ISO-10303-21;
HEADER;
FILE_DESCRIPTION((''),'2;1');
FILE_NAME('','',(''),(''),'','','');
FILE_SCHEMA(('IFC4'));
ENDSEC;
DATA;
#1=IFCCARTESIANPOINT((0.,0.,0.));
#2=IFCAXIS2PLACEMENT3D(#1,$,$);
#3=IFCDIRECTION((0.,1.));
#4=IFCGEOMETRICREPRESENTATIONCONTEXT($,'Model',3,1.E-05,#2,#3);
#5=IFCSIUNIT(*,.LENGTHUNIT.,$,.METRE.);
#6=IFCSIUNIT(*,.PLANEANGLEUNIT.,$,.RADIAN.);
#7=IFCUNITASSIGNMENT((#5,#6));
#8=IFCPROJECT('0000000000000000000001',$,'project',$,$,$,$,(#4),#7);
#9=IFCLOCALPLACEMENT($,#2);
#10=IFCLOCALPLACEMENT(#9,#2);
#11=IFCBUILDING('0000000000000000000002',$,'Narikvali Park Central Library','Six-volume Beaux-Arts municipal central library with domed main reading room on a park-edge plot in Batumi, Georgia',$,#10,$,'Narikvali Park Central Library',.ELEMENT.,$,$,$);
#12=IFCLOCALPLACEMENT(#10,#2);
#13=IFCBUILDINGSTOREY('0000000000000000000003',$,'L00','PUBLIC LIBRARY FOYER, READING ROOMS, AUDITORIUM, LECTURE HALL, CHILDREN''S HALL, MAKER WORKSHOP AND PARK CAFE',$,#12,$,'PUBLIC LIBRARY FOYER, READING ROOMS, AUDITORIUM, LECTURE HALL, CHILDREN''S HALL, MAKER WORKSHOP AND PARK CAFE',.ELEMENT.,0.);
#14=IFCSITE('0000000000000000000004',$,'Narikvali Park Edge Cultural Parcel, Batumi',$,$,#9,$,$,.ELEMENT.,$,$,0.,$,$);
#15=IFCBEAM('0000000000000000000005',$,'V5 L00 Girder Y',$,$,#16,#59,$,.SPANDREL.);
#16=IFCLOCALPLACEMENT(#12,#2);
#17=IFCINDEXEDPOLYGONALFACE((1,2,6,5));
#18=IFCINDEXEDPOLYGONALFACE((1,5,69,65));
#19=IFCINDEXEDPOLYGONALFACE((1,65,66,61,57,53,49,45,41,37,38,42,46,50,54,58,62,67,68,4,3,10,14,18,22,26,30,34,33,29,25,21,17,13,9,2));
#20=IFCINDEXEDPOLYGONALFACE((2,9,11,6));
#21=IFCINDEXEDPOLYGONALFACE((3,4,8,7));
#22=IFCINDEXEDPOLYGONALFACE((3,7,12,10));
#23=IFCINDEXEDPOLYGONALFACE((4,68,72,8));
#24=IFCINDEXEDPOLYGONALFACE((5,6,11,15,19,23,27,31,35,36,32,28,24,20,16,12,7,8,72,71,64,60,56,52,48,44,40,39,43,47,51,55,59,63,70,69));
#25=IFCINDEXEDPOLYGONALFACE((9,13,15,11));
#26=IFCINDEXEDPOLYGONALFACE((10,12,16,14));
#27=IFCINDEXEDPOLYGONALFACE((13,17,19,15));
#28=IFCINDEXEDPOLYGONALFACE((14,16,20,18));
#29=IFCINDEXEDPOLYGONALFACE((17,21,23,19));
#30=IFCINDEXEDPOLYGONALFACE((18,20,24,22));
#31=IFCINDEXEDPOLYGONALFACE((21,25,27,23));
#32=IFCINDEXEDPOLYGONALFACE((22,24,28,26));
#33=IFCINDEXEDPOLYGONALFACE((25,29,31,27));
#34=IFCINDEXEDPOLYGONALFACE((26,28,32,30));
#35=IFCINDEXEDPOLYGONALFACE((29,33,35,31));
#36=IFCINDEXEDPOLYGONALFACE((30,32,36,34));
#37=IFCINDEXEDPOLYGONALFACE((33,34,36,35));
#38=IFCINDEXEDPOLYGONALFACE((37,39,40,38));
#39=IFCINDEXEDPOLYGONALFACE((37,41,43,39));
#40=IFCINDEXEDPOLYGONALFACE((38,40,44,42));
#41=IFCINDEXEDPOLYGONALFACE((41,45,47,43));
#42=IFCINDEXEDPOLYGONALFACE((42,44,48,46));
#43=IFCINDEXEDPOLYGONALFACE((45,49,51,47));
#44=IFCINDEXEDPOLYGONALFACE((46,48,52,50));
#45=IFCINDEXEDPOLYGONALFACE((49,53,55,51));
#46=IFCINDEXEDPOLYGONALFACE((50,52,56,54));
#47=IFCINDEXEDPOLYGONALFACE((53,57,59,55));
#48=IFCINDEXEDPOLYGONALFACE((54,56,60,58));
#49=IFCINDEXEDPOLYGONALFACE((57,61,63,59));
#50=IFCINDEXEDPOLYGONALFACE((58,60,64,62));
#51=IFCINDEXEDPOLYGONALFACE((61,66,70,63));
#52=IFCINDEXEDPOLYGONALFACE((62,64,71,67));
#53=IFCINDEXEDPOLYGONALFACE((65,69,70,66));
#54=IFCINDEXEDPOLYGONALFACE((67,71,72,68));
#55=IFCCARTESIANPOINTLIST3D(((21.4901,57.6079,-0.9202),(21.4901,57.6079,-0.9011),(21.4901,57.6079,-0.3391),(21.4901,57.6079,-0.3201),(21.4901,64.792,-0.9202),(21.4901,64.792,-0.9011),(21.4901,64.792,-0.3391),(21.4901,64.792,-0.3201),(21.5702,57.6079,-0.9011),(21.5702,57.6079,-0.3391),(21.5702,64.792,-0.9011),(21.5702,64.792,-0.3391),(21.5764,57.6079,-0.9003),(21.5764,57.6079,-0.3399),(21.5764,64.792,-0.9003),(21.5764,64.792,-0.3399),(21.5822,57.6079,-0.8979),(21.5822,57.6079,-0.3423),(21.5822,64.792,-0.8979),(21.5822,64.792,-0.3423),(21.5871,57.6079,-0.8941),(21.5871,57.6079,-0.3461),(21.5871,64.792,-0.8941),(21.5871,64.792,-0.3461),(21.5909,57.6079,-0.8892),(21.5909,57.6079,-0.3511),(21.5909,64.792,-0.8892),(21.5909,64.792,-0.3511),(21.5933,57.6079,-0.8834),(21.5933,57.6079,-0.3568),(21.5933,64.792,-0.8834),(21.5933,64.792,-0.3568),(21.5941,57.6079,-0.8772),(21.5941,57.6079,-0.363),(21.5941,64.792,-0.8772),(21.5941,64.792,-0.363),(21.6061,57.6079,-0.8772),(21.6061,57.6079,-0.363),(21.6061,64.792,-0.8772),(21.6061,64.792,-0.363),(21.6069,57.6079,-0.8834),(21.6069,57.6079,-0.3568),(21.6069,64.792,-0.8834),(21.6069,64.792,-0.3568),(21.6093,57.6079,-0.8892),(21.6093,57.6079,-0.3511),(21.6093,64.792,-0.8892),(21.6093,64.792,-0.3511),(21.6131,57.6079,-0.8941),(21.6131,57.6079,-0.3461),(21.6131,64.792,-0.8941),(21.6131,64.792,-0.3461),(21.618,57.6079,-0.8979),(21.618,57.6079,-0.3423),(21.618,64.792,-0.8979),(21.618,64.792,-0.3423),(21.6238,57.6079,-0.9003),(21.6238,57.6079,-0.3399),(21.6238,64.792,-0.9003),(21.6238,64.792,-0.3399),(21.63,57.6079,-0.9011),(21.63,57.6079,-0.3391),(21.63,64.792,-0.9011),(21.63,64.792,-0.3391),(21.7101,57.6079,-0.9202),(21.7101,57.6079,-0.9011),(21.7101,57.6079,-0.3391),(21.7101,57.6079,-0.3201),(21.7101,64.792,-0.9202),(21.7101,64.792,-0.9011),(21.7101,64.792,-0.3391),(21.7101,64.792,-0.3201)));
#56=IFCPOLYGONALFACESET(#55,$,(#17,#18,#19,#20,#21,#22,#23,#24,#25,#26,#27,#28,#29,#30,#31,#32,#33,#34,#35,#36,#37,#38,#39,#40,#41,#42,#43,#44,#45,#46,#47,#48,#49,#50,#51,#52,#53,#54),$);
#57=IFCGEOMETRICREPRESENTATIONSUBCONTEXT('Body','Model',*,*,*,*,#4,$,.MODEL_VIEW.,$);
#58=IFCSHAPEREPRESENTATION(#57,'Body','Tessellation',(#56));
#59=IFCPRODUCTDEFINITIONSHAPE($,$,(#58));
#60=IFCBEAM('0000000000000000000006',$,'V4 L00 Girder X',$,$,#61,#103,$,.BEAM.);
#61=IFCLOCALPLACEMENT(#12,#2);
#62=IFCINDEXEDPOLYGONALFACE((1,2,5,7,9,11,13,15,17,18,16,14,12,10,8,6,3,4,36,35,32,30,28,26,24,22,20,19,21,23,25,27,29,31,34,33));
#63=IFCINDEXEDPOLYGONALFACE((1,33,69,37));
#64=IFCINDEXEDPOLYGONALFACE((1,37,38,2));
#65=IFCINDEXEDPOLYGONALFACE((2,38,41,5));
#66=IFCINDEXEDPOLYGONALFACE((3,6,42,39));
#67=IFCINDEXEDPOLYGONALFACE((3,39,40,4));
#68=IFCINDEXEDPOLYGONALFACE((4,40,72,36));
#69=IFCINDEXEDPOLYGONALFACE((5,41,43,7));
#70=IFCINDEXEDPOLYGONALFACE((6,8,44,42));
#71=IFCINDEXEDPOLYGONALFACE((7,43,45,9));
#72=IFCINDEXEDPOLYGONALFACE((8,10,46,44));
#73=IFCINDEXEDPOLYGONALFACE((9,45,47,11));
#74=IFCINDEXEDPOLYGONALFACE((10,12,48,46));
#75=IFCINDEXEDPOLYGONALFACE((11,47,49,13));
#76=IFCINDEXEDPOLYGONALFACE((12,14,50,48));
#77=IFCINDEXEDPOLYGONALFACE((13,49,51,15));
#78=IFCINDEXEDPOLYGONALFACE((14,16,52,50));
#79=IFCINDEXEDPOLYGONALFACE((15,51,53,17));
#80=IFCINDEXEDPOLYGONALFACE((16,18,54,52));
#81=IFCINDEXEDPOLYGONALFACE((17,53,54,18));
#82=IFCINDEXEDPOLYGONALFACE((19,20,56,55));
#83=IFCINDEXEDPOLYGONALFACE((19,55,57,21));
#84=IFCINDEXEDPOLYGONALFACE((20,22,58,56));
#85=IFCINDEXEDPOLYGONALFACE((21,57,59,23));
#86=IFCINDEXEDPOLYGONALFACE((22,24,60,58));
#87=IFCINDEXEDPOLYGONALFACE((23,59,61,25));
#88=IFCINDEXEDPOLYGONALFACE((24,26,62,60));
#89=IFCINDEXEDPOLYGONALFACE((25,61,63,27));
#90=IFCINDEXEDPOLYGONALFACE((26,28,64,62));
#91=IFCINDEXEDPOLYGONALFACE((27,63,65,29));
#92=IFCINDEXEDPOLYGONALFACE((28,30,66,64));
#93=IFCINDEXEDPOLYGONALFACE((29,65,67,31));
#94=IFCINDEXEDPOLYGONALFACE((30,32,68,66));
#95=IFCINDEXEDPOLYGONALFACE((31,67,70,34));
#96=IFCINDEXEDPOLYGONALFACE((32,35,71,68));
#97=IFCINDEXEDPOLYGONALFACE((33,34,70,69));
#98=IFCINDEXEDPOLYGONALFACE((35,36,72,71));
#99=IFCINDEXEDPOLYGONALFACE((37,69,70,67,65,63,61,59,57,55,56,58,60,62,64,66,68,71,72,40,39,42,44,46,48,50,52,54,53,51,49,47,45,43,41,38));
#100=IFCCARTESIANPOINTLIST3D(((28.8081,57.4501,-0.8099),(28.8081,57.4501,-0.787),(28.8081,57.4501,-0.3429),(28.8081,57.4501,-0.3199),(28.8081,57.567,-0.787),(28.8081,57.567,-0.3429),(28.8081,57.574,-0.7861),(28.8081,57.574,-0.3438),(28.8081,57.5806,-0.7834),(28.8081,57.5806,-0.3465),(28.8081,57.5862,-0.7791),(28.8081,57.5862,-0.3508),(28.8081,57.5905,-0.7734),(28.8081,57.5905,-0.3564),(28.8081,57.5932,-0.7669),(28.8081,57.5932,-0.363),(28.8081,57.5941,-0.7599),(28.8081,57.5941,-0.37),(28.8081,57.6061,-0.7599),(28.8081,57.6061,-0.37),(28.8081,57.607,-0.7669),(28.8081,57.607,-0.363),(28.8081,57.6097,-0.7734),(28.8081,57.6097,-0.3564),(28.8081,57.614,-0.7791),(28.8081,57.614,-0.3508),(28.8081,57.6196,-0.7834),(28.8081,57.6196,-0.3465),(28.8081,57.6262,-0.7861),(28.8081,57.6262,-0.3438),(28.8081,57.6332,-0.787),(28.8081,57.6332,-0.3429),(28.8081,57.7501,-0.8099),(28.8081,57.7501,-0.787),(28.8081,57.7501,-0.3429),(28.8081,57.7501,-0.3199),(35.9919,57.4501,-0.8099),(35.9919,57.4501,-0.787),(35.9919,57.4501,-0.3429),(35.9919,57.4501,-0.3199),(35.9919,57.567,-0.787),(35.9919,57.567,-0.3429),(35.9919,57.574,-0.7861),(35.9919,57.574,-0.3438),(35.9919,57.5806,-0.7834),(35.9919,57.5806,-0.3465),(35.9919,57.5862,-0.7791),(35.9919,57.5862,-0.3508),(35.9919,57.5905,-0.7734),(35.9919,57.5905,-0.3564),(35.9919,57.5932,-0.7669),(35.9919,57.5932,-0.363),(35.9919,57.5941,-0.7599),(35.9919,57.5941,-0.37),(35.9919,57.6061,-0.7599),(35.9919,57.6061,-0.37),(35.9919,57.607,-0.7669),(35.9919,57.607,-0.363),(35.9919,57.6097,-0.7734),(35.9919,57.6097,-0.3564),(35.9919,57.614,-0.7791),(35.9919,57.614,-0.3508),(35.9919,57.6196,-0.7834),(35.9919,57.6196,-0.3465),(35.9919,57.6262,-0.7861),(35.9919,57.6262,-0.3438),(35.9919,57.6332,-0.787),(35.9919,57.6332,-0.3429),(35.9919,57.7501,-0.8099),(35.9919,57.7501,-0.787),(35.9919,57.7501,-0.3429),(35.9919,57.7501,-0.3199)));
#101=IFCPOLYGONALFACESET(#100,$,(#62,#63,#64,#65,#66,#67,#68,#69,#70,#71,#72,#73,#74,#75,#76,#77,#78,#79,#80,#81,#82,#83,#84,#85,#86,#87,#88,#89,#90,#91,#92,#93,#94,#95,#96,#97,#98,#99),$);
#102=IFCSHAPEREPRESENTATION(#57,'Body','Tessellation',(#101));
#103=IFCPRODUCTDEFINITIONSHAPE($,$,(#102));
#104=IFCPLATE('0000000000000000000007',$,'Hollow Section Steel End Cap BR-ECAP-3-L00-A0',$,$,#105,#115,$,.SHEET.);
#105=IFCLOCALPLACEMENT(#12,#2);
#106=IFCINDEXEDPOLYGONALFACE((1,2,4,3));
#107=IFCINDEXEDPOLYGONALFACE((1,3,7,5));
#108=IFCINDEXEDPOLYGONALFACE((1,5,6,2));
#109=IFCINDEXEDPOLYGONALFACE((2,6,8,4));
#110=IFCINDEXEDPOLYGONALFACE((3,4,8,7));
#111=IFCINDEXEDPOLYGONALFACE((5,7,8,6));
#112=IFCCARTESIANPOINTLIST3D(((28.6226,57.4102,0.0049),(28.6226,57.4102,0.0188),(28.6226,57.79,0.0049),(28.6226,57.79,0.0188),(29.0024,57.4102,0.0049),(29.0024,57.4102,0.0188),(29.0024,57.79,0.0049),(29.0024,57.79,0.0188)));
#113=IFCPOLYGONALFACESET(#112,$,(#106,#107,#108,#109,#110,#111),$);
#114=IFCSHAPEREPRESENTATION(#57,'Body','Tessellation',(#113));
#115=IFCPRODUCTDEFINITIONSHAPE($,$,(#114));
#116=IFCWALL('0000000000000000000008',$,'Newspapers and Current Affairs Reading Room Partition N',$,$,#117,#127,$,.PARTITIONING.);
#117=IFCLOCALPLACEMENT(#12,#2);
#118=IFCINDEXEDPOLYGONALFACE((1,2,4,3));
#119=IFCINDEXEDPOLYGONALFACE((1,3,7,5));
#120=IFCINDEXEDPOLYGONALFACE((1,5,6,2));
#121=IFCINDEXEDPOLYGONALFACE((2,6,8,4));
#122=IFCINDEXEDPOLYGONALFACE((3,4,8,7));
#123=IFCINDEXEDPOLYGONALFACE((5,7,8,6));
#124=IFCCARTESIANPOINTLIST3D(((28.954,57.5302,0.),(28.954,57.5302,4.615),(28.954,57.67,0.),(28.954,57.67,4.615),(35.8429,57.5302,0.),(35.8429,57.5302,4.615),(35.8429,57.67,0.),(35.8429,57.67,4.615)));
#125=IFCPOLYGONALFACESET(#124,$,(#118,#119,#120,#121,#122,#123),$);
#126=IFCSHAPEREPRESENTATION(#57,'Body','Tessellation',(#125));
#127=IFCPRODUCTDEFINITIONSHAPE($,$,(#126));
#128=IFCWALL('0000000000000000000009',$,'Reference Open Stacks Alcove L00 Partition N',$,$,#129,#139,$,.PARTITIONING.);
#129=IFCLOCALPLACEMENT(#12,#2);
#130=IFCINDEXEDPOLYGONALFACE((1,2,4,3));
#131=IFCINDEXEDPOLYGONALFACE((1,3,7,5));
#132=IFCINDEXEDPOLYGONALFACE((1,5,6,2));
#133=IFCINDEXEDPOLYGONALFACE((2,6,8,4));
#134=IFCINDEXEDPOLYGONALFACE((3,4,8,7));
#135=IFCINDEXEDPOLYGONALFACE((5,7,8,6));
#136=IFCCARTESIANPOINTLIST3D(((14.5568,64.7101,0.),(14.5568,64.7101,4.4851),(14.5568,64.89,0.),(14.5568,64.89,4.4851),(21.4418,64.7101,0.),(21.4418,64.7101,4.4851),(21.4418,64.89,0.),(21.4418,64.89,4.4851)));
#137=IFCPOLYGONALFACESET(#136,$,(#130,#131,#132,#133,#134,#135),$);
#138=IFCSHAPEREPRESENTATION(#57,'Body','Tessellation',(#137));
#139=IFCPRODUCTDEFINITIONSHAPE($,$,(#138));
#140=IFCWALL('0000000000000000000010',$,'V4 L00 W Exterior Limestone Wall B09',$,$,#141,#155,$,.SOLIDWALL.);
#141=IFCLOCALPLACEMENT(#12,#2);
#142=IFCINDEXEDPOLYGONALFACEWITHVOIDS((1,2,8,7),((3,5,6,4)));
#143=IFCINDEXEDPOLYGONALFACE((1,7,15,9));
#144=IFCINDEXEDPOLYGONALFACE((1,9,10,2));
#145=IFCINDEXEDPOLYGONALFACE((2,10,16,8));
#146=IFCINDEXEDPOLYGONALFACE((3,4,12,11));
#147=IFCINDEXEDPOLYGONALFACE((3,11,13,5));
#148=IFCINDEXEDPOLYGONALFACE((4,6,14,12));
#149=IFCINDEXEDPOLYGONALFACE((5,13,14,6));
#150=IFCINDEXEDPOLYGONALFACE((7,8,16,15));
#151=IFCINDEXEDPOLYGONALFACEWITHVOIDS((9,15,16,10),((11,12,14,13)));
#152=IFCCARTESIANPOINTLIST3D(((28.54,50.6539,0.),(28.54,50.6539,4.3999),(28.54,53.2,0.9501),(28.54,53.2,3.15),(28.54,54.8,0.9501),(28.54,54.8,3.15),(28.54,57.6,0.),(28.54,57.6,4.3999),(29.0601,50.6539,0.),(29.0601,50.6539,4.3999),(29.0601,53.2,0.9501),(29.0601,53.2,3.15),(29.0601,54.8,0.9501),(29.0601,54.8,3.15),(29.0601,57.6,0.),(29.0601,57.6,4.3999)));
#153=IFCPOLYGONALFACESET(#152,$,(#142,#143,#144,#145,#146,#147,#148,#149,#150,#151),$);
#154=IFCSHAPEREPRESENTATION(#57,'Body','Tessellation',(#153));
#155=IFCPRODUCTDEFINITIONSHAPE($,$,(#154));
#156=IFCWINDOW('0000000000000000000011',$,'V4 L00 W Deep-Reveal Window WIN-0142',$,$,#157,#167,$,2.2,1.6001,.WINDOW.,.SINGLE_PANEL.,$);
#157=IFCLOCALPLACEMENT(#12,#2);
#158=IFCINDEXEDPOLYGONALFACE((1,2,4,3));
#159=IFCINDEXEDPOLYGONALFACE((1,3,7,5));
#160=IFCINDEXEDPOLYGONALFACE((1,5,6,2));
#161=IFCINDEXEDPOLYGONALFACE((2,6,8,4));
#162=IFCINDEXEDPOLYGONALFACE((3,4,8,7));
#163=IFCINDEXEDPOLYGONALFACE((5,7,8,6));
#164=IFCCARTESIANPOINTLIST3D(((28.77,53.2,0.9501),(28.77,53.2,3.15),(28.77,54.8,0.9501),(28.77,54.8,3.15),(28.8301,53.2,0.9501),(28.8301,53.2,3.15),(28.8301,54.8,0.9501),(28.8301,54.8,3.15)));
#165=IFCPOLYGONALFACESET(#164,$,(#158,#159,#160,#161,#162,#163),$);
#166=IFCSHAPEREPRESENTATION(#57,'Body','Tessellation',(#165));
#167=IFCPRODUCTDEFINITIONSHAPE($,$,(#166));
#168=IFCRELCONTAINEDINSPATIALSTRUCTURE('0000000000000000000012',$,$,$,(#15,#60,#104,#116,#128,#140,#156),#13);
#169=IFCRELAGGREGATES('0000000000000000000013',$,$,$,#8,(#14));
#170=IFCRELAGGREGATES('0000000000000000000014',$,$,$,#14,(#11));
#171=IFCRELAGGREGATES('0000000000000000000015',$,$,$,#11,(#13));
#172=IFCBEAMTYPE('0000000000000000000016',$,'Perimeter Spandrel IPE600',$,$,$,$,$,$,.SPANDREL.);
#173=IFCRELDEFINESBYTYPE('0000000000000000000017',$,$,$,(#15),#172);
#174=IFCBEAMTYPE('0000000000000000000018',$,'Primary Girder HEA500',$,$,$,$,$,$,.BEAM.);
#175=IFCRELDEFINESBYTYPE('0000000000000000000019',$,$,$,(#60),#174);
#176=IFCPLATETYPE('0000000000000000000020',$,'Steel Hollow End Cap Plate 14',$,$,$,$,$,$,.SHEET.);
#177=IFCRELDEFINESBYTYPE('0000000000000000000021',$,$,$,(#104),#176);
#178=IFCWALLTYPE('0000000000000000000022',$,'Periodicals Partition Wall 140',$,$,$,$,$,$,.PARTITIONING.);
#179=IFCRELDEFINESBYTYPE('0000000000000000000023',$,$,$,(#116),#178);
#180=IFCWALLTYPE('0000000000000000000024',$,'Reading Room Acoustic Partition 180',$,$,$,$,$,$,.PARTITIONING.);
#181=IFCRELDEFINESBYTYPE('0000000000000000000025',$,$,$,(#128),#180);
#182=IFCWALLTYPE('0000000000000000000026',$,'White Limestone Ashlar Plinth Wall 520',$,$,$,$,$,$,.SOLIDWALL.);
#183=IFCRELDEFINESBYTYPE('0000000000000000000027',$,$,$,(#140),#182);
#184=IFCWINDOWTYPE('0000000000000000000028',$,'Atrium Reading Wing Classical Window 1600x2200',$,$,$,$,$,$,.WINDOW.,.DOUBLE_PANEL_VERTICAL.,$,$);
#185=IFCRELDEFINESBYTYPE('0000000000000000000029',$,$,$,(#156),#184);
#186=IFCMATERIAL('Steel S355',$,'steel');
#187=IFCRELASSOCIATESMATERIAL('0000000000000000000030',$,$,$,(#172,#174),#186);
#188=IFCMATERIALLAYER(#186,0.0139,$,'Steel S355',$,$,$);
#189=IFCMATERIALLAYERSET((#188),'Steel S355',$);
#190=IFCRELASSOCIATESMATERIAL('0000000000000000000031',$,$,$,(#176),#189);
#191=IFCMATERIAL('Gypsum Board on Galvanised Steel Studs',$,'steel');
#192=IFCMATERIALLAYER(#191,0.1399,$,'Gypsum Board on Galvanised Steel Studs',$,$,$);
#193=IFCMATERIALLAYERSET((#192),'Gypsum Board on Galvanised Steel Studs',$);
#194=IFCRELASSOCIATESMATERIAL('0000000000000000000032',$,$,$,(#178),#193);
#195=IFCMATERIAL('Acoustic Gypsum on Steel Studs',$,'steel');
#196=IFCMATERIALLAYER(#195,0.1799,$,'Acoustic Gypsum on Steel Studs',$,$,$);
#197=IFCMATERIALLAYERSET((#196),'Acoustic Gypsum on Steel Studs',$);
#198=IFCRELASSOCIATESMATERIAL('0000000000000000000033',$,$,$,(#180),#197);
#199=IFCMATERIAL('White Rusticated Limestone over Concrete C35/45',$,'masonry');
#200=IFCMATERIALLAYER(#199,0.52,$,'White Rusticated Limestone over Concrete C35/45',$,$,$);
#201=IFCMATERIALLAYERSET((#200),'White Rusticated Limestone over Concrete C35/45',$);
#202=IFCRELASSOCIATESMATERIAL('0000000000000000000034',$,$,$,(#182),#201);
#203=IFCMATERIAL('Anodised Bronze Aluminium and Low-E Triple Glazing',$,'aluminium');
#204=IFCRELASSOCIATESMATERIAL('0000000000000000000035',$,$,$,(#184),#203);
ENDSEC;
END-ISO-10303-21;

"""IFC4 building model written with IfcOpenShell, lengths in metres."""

from ifc_helpers import new_model, si_unit, direction, frame, frame_2d, origin, origin_2d, place, context, subcontext, project, spatial, rectangle, i_section, extrude, material, layer, layer_set, material_profile, profile_set, type_object, element, fill, save


model = new_model("IFC4")

# Units and contexts
model_context = context("Model", 3, precision=1e-05, world=origin(), true_north=direction((0.0, 1.0)))
body_context = subcontext(model_context, "Body", "Model", "MODEL_VIEW")
ifc_project = project(units=[si_unit("LENGTHUNIT", "METRE"), si_unit("PLANEANGLEUNIT", "RADIAN")], contexts=[model_context])

# Site, building, storey
site_placement = place(None, origin())
site = spatial("IfcSite", under=ifc_project, at=site_placement, Name="Narikvali Park Edge Cultural Parcel, Batumi", CompositionType="ELEMENT", RefElevation=0.0)
building_placement = place(site_placement, origin())
building = spatial("IfcBuilding", under=site, at=building_placement, Name="Narikvali Park Central Library", Description="Six-volume Beaux-Arts municipal central library with domed main reading room on a park-edge plot in Batumi, Georgia", LongName="Narikvali Park Central Library", CompositionType="ELEMENT")
storey_placement = place(building_placement, origin())
storey = spatial("IfcBuildingStorey", under=building, at=storey_placement, Name="L00", Description="PUBLIC LIBRARY FOYER, READING ROOMS, AUDITORIUM, LECTURE HALL, CHILDREN'S HALL, MAKER WORKSHOP AND PARK CAFE", LongName="PUBLIC LIBRARY FOYER, READING ROOMS, AUDITORIUM, LECTURE HALL, CHILDREN'S HALL, MAKER WORKSHOP AND PARK CAFE", CompositionType="ELEMENT", Elevation=0.0)

# Shared definitions
ifc_material_1 = material(Name="Steel S355", Category="steel")

# Beams
ifc_material_profile_1 = material_profile(ifc_material_1, i_section(OverallWidth=0.22, OverallDepth=0.6001, WebThickness=0.012, FlangeThickness=0.019, FilletRadius=0.0239, at=origin_2d()), Name="IPE 600")
ifc_profile_set_1 = profile_set([ifc_material_profile_1], Name="Steel S355")
beam_type_1 = type_object("IfcBeamType", Name="Perimeter Spandrel IPE600", PredefinedType="SPANDREL", material=ifc_profile_set_1)
beam_1_placement = place(storey_placement, frame((21.6001, 57.6079, -0.6201), z_axis=(0.0, 1.0, 0.0), x_axis=(-1.0, 0.0, 0.0)))
element("IfcBeam", 1, at=beam_1_placement, inside=storey, type_object=beam_type_1, Name="V5 L00 Girder Y", PredefinedType="SPANDREL", context=body_context, shape_type="SweptSolid", body=[
    extrude(i_section(OverallWidth=0.22, OverallDepth=0.6001, WebThickness=0.012, FlangeThickness=0.019, FilletRadius=0.0239, at=origin_2d()), origin(), (0.0, 0.0, 1.0), 7.1841),
])
ifc_material_profile_2 = material_profile(ifc_material_1, i_section(OverallWidth=0.3, OverallDepth=0.49, WebThickness=0.012, FlangeThickness=0.0229, FilletRadius=0.0271, at=origin_2d()), Name="HEA 500")
ifc_profile_set_2 = profile_set([ifc_material_profile_2], Name="Steel S355")
beam_type_2 = type_object("IfcBeamType", Name="Primary Girder HEA500", PredefinedType="BEAM", material=ifc_profile_set_2)
beam_2_placement = place(storey_placement, frame((28.8081, 57.6001, -0.5649), z_axis=(1.0, 0.0, 0.0), x_axis=(0.0, 1.0, 0.0)))
element("IfcBeam", 2, at=beam_2_placement, inside=storey, type_object=beam_type_2, Name="V4 L00 Girder X", PredefinedType="BEAM", context=body_context, shape_type="SweptSolid", body=[
    extrude(i_section(OverallWidth=0.3, OverallDepth=0.49, WebThickness=0.012, FlangeThickness=0.0229, FilletRadius=0.0271, at=origin_2d()), origin(), (0.0, 0.0, 1.0), 7.1838),
])

# Plate
ifc_layer_1 = layer(ifc_material_1, 0.0139, Name="Steel S355")
ifc_layer_set_1 = layer_set([ifc_layer_1], Name="Steel S355")
plate_type = type_object("IfcPlateType", Name="Steel Hollow End Cap Plate 14", PredefinedType="SHEET", material=ifc_layer_set_1)
plate_placement = place(storey_placement, frame((28.8125, 57.6001, 0.0049), z_axis=(0.0, 0.0, 1.0), x_axis=(1.0, 0.0, 0.0)))
element("IfcPlate", 3, at=plate_placement, inside=storey, type_object=plate_type, Name="Hollow Section Steel End Cap BR-ECAP-3-L00-A0", PredefinedType="SHEET", context=body_context, shape_type="SweptSolid", body=[
    extrude(rectangle(XDim=0.3799, YDim=0.3799, at=origin_2d()), origin(), (0.0, 0.0, 1.0), 0.0139),
])

# Walls
ifc_material_2 = material(Name="Gypsum Board on Galvanised Steel Studs", Category="steel")
ifc_layer_2 = layer(ifc_material_2, 0.1399, Name="Gypsum Board on Galvanised Steel Studs")
ifc_layer_set_2 = layer_set([ifc_layer_2], Name="Gypsum Board on Galvanised Steel Studs")
wall_type_1 = type_object("IfcWallType", Name="Periodicals Partition Wall 140", PredefinedType="PARTITIONING", material=ifc_layer_set_2)
wall_1_placement = place(storey_placement, frame((28.9541, 57.6001, 0.0), z_axis=(0.0, 0.0, 1.0), x_axis=(1.0, 0.0, 0.0)))
element("IfcWall", 4, at=wall_1_placement, inside=storey, type_object=wall_type_1, Name="Newspapers and Current Affairs Reading Room Partition N", PredefinedType="PARTITIONING", context=body_context, shape_type="SweptSolid", body=[
    extrude(rectangle(XDim=6.8889, YDim=0.1399, at=frame_2d((3.4443, 0.0))), origin(), (0.0, 0.0, 1.0), 4.615),
])
ifc_material_3 = material(Name="Acoustic Gypsum on Steel Studs", Category="steel")
ifc_layer_3 = layer(ifc_material_3, 0.1799, Name="Acoustic Gypsum on Steel Studs")
ifc_layer_set_3 = layer_set([ifc_layer_3], Name="Acoustic Gypsum on Steel Studs")
wall_type_2 = type_object("IfcWallType", Name="Reading Room Acoustic Partition 180", PredefinedType="PARTITIONING", material=ifc_layer_set_3)
wall_2_placement = place(storey_placement, frame((14.5569, 64.8, 0.0), z_axis=(0.0, 0.0, 1.0), x_axis=(1.0, 0.0, 0.0)))
element("IfcWall", 5, at=wall_2_placement, inside=storey, type_object=wall_type_2, Name="Reference Open Stacks Alcove L00 Partition N", PredefinedType="PARTITIONING", context=body_context, shape_type="SweptSolid", body=[
    extrude(rectangle(XDim=6.885, YDim=0.1799, at=frame_2d((3.4424, 0.0))), origin(), (0.0, 0.0, 1.0), 4.4851),
])

# Wall, opening, window
ifc_material_4 = material(Name="White Rusticated Limestone over Concrete C35/45", Category="masonry")
ifc_layer_4 = layer(ifc_material_4, 0.52, Name="White Rusticated Limestone over Concrete C35/45")
ifc_layer_set_4 = layer_set([ifc_layer_4], Name="White Rusticated Limestone over Concrete C35/45")
wall_type_3 = type_object("IfcWallType", Name="White Limestone Ashlar Plinth Wall 520", PredefinedType="SOLIDWALL", material=ifc_layer_set_4)
wall_3_placement = place(storey_placement, frame((28.8, 57.6001, 0.0), z_axis=(0.0, 0.0, 1.0), x_axis=(0.0, -1.0, 0.0)))
wall_3 = element("IfcWall", 6, at=wall_3_placement, inside=storey, type_object=wall_type_3, Name="V4 L00 W Exterior Limestone Wall B09", PredefinedType="SOLIDWALL", context=body_context, shape_type="SweptSolid", body=[
    extrude(rectangle(XDim=6.946, YDim=0.52, at=frame_2d((3.4731, 0.0))), origin(), (0.0, 0.0, 1.0), 4.3999),
])
opening_1_placement = place(wall_3_placement, frame((2.8, 0.0, 0.95)))
opening_1 = element("IfcOpeningElement", 7, at=opening_1_placement, cuts=wall_3, PredefinedType="OPENING", context=body_context, shape_type="SweptSolid", body=[
    extrude(rectangle(XDim=1.6001, YDim=2.2, at=frame_2d((0.8, 1.1001))), frame((0.0, 0.272, 0.0), z_axis=(0.0, -1.0, 0.0), x_axis=(1.0, 0.0, 0.0)), (0.0, 0.0, 1.0), 0.5439),
])
ifc_material_5 = material(Name="Anodised Bronze Aluminium and Low-E Triple Glazing", Category="aluminium")
window_type_1 = type_object("IfcWindowType", Name="Atrium Reading Wing Classical Window 1600x2200", PartitioningType="DOUBLE_PANEL_VERTICAL", PredefinedType="WINDOW", material=ifc_material_5)
window_1_placement = place(opening_1_placement, origin())
window_1 = element("IfcWindow", 8, at=window_1_placement, inside=storey, type_object=window_type_1, Name="V4 L00 W Deep-Reveal Window WIN-0142", OverallHeight=2.2, OverallWidth=1.6001, PartitioningType="SINGLE_PANEL", PredefinedType="WINDOW", context=body_context, shape_type="SweptSolid", body=[
    extrude(rectangle(XDim=1.6001, YDim=2.2, at=frame_2d((0.8, 1.1001))), frame((0.0, 0.03, 0.0), z_axis=(0.0, -1.0, 0.0), x_axis=(1.0, 0.0, 0.0)), (0.0, 0.0, 1.0), 0.0601),
])
fill(opening_1, window_1)

save(model, "model.ifc")
